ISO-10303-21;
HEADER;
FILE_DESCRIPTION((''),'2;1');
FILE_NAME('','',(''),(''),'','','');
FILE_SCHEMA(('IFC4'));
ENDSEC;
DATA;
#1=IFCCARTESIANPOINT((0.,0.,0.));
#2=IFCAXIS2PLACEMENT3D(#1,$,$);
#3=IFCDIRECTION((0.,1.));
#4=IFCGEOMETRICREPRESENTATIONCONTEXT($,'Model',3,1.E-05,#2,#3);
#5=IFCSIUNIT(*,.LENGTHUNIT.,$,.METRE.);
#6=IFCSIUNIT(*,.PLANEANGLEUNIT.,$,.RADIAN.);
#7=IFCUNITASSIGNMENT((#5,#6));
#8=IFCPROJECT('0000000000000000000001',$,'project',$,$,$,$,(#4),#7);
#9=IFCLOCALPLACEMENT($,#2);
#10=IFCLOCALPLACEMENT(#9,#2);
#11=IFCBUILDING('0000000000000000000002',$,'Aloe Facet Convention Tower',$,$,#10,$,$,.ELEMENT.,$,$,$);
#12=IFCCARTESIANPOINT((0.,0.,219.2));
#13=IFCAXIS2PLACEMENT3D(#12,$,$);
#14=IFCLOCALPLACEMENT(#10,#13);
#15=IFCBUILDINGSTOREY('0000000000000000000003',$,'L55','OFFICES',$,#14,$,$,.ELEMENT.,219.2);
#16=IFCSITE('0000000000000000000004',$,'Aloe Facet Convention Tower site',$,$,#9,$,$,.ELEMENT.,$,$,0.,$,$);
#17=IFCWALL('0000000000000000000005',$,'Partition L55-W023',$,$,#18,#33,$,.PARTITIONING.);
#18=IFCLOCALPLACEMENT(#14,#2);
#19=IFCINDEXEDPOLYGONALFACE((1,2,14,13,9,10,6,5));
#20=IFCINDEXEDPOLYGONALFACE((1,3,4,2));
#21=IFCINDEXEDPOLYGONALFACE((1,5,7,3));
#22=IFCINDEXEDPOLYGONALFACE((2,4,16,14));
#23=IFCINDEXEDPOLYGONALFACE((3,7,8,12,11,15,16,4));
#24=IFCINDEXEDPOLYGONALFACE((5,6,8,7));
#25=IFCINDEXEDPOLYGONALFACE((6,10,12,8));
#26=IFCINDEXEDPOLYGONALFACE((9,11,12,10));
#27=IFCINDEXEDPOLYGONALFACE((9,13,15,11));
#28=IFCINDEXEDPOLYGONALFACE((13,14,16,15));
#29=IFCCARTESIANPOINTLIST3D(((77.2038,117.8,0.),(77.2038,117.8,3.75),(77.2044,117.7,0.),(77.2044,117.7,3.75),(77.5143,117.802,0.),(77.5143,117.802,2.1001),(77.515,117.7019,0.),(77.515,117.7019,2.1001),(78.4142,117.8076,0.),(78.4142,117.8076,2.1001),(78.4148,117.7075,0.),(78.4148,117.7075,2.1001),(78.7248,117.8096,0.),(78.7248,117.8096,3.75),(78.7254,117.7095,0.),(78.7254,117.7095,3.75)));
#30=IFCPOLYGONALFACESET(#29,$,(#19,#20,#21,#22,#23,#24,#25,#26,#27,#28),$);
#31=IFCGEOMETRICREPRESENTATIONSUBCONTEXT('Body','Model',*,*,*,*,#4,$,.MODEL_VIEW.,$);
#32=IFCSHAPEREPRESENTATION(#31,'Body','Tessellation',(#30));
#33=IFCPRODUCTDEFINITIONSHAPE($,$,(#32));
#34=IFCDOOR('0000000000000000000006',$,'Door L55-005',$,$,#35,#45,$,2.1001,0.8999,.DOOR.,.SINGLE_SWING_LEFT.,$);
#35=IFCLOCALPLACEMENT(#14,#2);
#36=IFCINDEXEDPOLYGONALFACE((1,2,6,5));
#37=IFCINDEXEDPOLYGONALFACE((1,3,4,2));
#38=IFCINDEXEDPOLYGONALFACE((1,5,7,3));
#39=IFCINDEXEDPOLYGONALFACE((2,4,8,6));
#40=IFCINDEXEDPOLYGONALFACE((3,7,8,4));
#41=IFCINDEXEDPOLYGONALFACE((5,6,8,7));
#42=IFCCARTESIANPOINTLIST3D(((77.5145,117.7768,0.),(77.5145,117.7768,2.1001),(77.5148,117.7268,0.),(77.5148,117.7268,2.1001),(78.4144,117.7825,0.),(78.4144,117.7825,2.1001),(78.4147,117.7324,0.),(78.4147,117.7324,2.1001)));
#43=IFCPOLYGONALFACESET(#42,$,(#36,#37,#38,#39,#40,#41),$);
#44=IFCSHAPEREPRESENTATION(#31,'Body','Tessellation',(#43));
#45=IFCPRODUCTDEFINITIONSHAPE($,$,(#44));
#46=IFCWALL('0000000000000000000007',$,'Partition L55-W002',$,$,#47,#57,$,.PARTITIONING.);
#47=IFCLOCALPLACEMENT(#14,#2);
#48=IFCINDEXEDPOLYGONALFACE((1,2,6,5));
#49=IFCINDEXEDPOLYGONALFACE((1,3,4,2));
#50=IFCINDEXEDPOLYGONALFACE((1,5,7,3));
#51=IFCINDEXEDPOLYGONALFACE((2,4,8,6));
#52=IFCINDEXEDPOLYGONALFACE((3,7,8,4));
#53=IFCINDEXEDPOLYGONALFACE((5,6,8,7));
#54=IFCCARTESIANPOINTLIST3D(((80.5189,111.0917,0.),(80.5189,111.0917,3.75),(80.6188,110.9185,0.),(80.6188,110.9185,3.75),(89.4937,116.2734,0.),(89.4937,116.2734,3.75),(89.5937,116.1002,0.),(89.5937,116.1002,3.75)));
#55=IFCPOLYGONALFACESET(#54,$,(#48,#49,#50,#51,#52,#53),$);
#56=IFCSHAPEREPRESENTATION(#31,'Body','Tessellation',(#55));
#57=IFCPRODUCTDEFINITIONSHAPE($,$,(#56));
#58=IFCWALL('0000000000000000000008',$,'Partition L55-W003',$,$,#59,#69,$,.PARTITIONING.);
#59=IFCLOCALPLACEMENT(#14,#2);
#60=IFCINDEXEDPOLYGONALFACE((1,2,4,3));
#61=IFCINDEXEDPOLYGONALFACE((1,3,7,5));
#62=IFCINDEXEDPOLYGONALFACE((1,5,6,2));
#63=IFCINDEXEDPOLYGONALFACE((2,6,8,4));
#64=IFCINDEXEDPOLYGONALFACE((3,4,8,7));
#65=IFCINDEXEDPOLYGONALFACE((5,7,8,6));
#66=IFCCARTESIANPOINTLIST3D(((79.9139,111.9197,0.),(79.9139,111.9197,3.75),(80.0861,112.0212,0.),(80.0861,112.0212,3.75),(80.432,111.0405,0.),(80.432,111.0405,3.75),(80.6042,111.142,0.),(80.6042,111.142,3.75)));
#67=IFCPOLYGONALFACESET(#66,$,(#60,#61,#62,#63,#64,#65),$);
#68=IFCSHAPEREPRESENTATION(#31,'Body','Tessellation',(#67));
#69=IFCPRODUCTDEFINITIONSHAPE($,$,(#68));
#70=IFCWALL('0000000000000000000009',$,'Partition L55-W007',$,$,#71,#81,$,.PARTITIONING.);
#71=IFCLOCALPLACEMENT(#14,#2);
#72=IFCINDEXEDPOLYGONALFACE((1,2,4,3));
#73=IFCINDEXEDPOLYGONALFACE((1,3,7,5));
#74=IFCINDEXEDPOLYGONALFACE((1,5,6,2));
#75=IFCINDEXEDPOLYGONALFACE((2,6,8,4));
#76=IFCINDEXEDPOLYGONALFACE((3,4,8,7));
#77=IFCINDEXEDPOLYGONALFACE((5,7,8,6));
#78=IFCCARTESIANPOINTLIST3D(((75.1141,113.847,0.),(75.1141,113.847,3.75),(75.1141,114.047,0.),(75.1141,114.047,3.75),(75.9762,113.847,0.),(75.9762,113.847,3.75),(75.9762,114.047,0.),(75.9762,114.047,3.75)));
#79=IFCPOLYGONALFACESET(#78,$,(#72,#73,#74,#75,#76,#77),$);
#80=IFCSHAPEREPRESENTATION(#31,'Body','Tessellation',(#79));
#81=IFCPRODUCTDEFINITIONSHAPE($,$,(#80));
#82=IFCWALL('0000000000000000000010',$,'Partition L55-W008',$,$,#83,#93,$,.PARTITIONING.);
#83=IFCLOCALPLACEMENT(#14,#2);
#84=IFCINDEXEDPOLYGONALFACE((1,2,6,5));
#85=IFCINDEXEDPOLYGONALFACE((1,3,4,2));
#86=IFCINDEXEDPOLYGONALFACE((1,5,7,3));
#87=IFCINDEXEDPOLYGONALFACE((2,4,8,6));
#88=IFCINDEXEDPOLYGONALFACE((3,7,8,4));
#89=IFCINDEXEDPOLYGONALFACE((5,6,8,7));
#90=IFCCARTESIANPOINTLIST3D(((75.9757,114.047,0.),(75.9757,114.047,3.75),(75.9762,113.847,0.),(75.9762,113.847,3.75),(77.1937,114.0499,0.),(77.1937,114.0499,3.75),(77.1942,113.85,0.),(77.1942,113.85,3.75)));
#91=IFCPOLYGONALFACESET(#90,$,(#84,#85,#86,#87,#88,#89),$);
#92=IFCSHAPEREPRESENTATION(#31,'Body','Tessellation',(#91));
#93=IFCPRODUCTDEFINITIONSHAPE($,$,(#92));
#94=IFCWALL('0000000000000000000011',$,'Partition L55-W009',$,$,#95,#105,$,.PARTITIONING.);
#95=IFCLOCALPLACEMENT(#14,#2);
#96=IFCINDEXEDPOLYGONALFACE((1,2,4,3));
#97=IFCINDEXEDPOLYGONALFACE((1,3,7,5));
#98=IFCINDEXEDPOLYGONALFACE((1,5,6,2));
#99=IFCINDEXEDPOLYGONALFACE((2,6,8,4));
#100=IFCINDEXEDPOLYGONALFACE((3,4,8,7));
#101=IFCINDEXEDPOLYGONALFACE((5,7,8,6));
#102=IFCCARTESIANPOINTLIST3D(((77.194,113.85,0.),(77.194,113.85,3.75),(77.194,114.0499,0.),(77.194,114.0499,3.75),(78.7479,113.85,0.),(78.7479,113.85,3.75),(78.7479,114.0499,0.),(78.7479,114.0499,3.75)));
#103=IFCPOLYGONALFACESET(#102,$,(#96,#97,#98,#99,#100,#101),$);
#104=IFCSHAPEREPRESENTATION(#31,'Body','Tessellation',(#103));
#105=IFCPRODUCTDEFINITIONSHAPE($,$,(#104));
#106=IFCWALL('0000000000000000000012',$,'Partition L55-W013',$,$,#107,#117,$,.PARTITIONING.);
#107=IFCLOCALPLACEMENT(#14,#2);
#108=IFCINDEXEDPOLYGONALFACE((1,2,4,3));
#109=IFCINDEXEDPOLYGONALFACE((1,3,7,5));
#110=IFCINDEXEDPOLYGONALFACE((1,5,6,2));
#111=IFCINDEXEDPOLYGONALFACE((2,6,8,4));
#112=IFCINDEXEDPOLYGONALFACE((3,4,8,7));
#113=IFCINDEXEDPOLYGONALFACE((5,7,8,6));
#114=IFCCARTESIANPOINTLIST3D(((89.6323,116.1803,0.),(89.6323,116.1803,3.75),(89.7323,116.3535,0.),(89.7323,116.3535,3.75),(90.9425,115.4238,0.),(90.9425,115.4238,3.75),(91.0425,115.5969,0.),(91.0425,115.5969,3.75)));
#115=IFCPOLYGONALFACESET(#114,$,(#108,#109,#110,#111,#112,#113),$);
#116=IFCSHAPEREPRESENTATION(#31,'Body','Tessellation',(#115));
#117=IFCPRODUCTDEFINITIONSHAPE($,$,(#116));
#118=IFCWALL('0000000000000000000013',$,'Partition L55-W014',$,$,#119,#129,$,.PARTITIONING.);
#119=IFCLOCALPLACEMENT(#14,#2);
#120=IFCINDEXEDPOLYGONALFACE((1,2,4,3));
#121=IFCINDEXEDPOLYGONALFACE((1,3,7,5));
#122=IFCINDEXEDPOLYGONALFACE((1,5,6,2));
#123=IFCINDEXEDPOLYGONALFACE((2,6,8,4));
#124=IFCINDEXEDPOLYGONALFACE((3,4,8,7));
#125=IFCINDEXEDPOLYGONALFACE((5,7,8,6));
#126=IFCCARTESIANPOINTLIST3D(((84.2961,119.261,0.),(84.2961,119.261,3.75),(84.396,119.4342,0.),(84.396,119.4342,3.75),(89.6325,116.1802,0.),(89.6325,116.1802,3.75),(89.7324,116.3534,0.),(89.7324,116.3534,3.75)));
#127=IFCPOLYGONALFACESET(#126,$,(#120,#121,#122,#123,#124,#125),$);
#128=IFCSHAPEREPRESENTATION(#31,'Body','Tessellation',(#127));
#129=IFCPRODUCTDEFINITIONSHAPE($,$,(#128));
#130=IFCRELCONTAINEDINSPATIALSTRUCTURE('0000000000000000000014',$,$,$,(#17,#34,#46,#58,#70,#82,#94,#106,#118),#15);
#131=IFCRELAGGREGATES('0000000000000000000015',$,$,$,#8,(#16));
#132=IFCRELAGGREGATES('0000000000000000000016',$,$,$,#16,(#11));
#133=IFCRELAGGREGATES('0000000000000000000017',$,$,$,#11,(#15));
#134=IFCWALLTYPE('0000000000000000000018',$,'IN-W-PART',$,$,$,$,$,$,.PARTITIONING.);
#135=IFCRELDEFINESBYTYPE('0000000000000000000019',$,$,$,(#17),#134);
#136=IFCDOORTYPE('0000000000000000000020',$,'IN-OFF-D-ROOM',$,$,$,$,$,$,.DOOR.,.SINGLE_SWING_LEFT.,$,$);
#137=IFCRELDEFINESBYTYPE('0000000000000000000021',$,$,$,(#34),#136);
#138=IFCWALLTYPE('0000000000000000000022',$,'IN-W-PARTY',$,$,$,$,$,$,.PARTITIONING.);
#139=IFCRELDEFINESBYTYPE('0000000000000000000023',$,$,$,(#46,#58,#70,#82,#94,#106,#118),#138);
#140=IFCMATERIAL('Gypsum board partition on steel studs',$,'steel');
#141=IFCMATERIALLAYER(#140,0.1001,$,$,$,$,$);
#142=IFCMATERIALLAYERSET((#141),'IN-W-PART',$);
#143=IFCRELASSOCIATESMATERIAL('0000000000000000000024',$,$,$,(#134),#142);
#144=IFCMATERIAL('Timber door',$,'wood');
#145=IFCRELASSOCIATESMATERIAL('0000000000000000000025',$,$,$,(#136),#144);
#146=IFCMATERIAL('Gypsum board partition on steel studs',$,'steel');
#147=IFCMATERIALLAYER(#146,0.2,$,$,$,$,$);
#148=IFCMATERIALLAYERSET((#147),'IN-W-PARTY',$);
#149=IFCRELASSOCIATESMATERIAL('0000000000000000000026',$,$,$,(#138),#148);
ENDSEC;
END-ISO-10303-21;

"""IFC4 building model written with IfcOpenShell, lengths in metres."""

from ifc_helpers import new_model, si_unit, direction, frame, frame_2d, origin, place, context, subcontext, project, spatial, rectangle, extrude, material, layer, layer_set, type_object, element, fill, save


model = new_model("IFC4")

# Units and contexts
model_context = context("Model", 3, precision=1e-05, world=origin(), true_north=direction((0.0, 1.0)))
body_context = subcontext(model_context, "Body", "Model", "MODEL_VIEW")
ifc_project = project(units=[si_unit("LENGTHUNIT", "METRE"), si_unit("PLANEANGLEUNIT", "RADIAN")], contexts=[model_context])

# Site, building, storey
site_placement = place(None, origin())
site = spatial("IfcSite", under=ifc_project, at=site_placement, Name="Aloe Facet Convention Tower site", CompositionType="ELEMENT", RefElevation=0.0)
building_placement = place(site_placement, origin())
building = spatial("IfcBuilding", under=site, at=building_placement, Name="Aloe Facet Convention Tower", CompositionType="ELEMENT")
storey_placement = place(building_placement, frame((0.0, 0.0, 219.2)))
storey = spatial("IfcBuildingStorey", under=building, at=storey_placement, Name="L55", Description="OFFICES", CompositionType="ELEMENT", Elevation=219.2)

# Shared definitions
ifc_material_1 = material(Name="Gypsum board partition on steel studs", Category="steel")
ifc_layer_1 = layer(ifc_material_1, 0.1001)
ifc_layer_set_1 = layer_set([ifc_layer_1], Name="IN-W-PART")
wall_type_1 = type_object("IfcWallType", Name="IN-W-PART", PredefinedType="PARTITIONING", material=ifc_layer_set_1)

# Wall, opening, door
wall_1_placement = place(storey_placement, frame((77.2041, 117.75, 0.0), z_axis=(0.0, 0.0, 1.0), x_axis=(0.99998, 0.00626, 0.0)))
wall_1 = element("IfcWall", 1, at=wall_1_placement, inside=storey, type_object=wall_type_1, Name="Partition L55-W023", PredefinedType="PARTITIONING", context=body_context, shape_type="SweptSolid", body=[
    extrude(rectangle(XDim=1.521, YDim=0.1001, at=frame_2d((0.7605, 0.0))), origin(), (0.0, 0.0, 1.0), 3.75),
])
opening_1_placement = place(wall_1_placement, frame((0.3105, 0.0, 0.0)))
opening_1 = element("IfcOpeningElement", 2, at=opening_1_placement, cuts=wall_1, PredefinedType="OPENING", context=body_context, shape_type="SweptSolid", body=[
    extrude(rectangle(XDim=0.8999, YDim=2.1001, at=frame_2d((0.45, 1.05))), frame((0.0, 0.0601, 0.0), z_axis=(0.0, -1.0, 0.0), x_axis=(1.0, 0.0, 0.0)), (0.0, 0.0, 1.0), 0.1201),
])
ifc_material_2 = material(Name="Timber door", Category="wood")
door_type_1 = type_object("IfcDoorType", Name="IN-OFF-D-ROOM", OperationType="SINGLE_SWING_LEFT", PredefinedType="DOOR", material=ifc_material_2)
door_1_placement = place(opening_1_placement, origin())
door_1 = element("IfcDoor", 3, at=door_1_placement, inside=storey, type_object=door_type_1, Name="Door L55-005", OperationType="SINGLE_SWING_LEFT", OverallHeight=2.1001, OverallWidth=0.8999, PredefinedType="DOOR", context=body_context, shape_type="SweptSolid", body=[
    extrude(rectangle(XDim=0.8999, YDim=2.1001, at=frame_2d((0.45, 1.05))), frame((0.0, 0.0249, 0.0), z_axis=(0.0, -1.0, 0.0), x_axis=(1.0, 0.0, 0.0)), (0.0, 0.0, 1.0), 0.05),
])
fill(opening_1, door_1)

# Walls
ifc_material_3 = material(Name="Gypsum board partition on steel studs", Category="steel")
ifc_layer_2 = layer(ifc_material_3, 0.2)
ifc_layer_set_2 = layer_set([ifc_layer_2], Name="IN-W-PARTY")
wall_type_2 = type_object("IfcWallType", Name="IN-W-PARTY", PredefinedType="PARTITIONING", material=ifc_layer_set_2)
wall_2_placement = place(storey_placement, frame((80.5688, 111.0051, 0.0), z_axis=(0.0, 0.0, 1.0), x_axis=(0.866025, 0.5, 0.0)))
element("IfcWall", 4, at=wall_2_placement, inside=storey, type_object=wall_type_2, Name="Partition L55-W002", PredefinedType="PARTITIONING", context=body_context, shape_type="SweptSolid", body=[
    extrude(rectangle(XDim=10.3633, YDim=0.2, at=frame_2d((5.1816, 0.0))), origin(), (0.0, 0.0, 1.0), 3.75),
])
wall_3_placement = place(storey_placement, frame((80.0, 111.9705, 0.0), z_axis=(0.0, 0.0, 1.0), x_axis=(0.507689, -0.86154, 0.0)))
element("IfcWall", 5, at=wall_3_placement, inside=storey, type_object=wall_type_2, Name="Partition L55-W003", PredefinedType="PARTITIONING", context=body_context, shape_type="SweptSolid", body=[
    extrude(rectangle(XDim=1.0205, YDim=0.2, at=frame_2d((0.5103, 0.0))), origin(), (0.0, 0.0, 1.0), 3.75),
])
wall_4_placement = place(storey_placement, frame((75.114, 113.947, 0.0), z_axis=(0.0, 0.0, 1.0), x_axis=(1.0, 0.0, 0.0)))
element("IfcWall", 6, at=wall_4_placement, inside=storey, type_object=wall_type_2, Name="Partition L55-W007", PredefinedType="PARTITIONING", context=body_context, shape_type="SweptSolid", body=[
    extrude(rectangle(XDim=0.8621, YDim=0.2, at=frame_2d((0.4312, 0.0))), origin(), (0.0, 0.0, 1.0), 3.75),
])
wall_5_placement = place(storey_placement, frame((75.9761, 113.947, 0.0), z_axis=(0.0, 0.0, 1.0), x_axis=(0.999997, 0.002405, 0.0)))
element("IfcWall", 7, at=wall_5_placement, inside=storey, type_object=wall_type_2, Name="Partition L55-W008", PredefinedType="PARTITIONING", context=body_context, shape_type="SweptSolid", body=[
    extrude(rectangle(XDim=1.218, YDim=0.2, at=frame_2d((0.6089, 0.0))), origin(), (0.0, 0.0, 1.0), 3.75),
])
wall_6_placement = place(storey_placement, frame((77.1941, 113.95, 0.0), z_axis=(0.0, 0.0, 1.0), x_axis=(1.0, 0.0, 0.0)))
element("IfcWall", 8, at=wall_6_placement, inside=storey, type_object=wall_type_2, Name="Partition L55-W009", PredefinedType="PARTITIONING", context=body_context, shape_type="SweptSolid", body=[
    extrude(rectangle(XDim=1.554, YDim=0.2, at=frame_2d((0.7769, 0.0))), origin(), (0.0, 0.0, 1.0), 3.75),
])
wall_7_placement = place(storey_placement, frame((89.6824, 116.2668, 0.0), z_axis=(0.0, 0.0, 1.0), x_axis=(0.866, -0.500044, 0.0)))
element("IfcWall", 9, at=wall_7_placement, inside=storey, type_object=wall_type_2, Name="Partition L55-W013", PredefinedType="PARTITIONING", context=body_context, shape_type="SweptSolid", body=[
    extrude(rectangle(XDim=1.5129, YDim=0.2, at=frame_2d((0.7563, 0.0))), origin(), (0.0, 0.0, 1.0), 3.75),
])
wall_8_placement = place(storey_placement, frame((84.3459, 119.3477, 0.0), z_axis=(0.0, 0.0, 1.0), x_axis=(0.866038, -0.499979, 0.0)))
element("IfcWall", 10, at=wall_8_placement, inside=storey, type_object=wall_type_2, Name="Partition L55-W014", PredefinedType="PARTITIONING", context=body_context, shape_type="SweptSolid", body=[
    extrude(rectangle(XDim=6.1619, YDim=0.2, at=frame_2d((3.0811, 0.0))), origin(), (0.0, 0.0, 1.0), 3.75),
])

save(model, "model.ifc")
